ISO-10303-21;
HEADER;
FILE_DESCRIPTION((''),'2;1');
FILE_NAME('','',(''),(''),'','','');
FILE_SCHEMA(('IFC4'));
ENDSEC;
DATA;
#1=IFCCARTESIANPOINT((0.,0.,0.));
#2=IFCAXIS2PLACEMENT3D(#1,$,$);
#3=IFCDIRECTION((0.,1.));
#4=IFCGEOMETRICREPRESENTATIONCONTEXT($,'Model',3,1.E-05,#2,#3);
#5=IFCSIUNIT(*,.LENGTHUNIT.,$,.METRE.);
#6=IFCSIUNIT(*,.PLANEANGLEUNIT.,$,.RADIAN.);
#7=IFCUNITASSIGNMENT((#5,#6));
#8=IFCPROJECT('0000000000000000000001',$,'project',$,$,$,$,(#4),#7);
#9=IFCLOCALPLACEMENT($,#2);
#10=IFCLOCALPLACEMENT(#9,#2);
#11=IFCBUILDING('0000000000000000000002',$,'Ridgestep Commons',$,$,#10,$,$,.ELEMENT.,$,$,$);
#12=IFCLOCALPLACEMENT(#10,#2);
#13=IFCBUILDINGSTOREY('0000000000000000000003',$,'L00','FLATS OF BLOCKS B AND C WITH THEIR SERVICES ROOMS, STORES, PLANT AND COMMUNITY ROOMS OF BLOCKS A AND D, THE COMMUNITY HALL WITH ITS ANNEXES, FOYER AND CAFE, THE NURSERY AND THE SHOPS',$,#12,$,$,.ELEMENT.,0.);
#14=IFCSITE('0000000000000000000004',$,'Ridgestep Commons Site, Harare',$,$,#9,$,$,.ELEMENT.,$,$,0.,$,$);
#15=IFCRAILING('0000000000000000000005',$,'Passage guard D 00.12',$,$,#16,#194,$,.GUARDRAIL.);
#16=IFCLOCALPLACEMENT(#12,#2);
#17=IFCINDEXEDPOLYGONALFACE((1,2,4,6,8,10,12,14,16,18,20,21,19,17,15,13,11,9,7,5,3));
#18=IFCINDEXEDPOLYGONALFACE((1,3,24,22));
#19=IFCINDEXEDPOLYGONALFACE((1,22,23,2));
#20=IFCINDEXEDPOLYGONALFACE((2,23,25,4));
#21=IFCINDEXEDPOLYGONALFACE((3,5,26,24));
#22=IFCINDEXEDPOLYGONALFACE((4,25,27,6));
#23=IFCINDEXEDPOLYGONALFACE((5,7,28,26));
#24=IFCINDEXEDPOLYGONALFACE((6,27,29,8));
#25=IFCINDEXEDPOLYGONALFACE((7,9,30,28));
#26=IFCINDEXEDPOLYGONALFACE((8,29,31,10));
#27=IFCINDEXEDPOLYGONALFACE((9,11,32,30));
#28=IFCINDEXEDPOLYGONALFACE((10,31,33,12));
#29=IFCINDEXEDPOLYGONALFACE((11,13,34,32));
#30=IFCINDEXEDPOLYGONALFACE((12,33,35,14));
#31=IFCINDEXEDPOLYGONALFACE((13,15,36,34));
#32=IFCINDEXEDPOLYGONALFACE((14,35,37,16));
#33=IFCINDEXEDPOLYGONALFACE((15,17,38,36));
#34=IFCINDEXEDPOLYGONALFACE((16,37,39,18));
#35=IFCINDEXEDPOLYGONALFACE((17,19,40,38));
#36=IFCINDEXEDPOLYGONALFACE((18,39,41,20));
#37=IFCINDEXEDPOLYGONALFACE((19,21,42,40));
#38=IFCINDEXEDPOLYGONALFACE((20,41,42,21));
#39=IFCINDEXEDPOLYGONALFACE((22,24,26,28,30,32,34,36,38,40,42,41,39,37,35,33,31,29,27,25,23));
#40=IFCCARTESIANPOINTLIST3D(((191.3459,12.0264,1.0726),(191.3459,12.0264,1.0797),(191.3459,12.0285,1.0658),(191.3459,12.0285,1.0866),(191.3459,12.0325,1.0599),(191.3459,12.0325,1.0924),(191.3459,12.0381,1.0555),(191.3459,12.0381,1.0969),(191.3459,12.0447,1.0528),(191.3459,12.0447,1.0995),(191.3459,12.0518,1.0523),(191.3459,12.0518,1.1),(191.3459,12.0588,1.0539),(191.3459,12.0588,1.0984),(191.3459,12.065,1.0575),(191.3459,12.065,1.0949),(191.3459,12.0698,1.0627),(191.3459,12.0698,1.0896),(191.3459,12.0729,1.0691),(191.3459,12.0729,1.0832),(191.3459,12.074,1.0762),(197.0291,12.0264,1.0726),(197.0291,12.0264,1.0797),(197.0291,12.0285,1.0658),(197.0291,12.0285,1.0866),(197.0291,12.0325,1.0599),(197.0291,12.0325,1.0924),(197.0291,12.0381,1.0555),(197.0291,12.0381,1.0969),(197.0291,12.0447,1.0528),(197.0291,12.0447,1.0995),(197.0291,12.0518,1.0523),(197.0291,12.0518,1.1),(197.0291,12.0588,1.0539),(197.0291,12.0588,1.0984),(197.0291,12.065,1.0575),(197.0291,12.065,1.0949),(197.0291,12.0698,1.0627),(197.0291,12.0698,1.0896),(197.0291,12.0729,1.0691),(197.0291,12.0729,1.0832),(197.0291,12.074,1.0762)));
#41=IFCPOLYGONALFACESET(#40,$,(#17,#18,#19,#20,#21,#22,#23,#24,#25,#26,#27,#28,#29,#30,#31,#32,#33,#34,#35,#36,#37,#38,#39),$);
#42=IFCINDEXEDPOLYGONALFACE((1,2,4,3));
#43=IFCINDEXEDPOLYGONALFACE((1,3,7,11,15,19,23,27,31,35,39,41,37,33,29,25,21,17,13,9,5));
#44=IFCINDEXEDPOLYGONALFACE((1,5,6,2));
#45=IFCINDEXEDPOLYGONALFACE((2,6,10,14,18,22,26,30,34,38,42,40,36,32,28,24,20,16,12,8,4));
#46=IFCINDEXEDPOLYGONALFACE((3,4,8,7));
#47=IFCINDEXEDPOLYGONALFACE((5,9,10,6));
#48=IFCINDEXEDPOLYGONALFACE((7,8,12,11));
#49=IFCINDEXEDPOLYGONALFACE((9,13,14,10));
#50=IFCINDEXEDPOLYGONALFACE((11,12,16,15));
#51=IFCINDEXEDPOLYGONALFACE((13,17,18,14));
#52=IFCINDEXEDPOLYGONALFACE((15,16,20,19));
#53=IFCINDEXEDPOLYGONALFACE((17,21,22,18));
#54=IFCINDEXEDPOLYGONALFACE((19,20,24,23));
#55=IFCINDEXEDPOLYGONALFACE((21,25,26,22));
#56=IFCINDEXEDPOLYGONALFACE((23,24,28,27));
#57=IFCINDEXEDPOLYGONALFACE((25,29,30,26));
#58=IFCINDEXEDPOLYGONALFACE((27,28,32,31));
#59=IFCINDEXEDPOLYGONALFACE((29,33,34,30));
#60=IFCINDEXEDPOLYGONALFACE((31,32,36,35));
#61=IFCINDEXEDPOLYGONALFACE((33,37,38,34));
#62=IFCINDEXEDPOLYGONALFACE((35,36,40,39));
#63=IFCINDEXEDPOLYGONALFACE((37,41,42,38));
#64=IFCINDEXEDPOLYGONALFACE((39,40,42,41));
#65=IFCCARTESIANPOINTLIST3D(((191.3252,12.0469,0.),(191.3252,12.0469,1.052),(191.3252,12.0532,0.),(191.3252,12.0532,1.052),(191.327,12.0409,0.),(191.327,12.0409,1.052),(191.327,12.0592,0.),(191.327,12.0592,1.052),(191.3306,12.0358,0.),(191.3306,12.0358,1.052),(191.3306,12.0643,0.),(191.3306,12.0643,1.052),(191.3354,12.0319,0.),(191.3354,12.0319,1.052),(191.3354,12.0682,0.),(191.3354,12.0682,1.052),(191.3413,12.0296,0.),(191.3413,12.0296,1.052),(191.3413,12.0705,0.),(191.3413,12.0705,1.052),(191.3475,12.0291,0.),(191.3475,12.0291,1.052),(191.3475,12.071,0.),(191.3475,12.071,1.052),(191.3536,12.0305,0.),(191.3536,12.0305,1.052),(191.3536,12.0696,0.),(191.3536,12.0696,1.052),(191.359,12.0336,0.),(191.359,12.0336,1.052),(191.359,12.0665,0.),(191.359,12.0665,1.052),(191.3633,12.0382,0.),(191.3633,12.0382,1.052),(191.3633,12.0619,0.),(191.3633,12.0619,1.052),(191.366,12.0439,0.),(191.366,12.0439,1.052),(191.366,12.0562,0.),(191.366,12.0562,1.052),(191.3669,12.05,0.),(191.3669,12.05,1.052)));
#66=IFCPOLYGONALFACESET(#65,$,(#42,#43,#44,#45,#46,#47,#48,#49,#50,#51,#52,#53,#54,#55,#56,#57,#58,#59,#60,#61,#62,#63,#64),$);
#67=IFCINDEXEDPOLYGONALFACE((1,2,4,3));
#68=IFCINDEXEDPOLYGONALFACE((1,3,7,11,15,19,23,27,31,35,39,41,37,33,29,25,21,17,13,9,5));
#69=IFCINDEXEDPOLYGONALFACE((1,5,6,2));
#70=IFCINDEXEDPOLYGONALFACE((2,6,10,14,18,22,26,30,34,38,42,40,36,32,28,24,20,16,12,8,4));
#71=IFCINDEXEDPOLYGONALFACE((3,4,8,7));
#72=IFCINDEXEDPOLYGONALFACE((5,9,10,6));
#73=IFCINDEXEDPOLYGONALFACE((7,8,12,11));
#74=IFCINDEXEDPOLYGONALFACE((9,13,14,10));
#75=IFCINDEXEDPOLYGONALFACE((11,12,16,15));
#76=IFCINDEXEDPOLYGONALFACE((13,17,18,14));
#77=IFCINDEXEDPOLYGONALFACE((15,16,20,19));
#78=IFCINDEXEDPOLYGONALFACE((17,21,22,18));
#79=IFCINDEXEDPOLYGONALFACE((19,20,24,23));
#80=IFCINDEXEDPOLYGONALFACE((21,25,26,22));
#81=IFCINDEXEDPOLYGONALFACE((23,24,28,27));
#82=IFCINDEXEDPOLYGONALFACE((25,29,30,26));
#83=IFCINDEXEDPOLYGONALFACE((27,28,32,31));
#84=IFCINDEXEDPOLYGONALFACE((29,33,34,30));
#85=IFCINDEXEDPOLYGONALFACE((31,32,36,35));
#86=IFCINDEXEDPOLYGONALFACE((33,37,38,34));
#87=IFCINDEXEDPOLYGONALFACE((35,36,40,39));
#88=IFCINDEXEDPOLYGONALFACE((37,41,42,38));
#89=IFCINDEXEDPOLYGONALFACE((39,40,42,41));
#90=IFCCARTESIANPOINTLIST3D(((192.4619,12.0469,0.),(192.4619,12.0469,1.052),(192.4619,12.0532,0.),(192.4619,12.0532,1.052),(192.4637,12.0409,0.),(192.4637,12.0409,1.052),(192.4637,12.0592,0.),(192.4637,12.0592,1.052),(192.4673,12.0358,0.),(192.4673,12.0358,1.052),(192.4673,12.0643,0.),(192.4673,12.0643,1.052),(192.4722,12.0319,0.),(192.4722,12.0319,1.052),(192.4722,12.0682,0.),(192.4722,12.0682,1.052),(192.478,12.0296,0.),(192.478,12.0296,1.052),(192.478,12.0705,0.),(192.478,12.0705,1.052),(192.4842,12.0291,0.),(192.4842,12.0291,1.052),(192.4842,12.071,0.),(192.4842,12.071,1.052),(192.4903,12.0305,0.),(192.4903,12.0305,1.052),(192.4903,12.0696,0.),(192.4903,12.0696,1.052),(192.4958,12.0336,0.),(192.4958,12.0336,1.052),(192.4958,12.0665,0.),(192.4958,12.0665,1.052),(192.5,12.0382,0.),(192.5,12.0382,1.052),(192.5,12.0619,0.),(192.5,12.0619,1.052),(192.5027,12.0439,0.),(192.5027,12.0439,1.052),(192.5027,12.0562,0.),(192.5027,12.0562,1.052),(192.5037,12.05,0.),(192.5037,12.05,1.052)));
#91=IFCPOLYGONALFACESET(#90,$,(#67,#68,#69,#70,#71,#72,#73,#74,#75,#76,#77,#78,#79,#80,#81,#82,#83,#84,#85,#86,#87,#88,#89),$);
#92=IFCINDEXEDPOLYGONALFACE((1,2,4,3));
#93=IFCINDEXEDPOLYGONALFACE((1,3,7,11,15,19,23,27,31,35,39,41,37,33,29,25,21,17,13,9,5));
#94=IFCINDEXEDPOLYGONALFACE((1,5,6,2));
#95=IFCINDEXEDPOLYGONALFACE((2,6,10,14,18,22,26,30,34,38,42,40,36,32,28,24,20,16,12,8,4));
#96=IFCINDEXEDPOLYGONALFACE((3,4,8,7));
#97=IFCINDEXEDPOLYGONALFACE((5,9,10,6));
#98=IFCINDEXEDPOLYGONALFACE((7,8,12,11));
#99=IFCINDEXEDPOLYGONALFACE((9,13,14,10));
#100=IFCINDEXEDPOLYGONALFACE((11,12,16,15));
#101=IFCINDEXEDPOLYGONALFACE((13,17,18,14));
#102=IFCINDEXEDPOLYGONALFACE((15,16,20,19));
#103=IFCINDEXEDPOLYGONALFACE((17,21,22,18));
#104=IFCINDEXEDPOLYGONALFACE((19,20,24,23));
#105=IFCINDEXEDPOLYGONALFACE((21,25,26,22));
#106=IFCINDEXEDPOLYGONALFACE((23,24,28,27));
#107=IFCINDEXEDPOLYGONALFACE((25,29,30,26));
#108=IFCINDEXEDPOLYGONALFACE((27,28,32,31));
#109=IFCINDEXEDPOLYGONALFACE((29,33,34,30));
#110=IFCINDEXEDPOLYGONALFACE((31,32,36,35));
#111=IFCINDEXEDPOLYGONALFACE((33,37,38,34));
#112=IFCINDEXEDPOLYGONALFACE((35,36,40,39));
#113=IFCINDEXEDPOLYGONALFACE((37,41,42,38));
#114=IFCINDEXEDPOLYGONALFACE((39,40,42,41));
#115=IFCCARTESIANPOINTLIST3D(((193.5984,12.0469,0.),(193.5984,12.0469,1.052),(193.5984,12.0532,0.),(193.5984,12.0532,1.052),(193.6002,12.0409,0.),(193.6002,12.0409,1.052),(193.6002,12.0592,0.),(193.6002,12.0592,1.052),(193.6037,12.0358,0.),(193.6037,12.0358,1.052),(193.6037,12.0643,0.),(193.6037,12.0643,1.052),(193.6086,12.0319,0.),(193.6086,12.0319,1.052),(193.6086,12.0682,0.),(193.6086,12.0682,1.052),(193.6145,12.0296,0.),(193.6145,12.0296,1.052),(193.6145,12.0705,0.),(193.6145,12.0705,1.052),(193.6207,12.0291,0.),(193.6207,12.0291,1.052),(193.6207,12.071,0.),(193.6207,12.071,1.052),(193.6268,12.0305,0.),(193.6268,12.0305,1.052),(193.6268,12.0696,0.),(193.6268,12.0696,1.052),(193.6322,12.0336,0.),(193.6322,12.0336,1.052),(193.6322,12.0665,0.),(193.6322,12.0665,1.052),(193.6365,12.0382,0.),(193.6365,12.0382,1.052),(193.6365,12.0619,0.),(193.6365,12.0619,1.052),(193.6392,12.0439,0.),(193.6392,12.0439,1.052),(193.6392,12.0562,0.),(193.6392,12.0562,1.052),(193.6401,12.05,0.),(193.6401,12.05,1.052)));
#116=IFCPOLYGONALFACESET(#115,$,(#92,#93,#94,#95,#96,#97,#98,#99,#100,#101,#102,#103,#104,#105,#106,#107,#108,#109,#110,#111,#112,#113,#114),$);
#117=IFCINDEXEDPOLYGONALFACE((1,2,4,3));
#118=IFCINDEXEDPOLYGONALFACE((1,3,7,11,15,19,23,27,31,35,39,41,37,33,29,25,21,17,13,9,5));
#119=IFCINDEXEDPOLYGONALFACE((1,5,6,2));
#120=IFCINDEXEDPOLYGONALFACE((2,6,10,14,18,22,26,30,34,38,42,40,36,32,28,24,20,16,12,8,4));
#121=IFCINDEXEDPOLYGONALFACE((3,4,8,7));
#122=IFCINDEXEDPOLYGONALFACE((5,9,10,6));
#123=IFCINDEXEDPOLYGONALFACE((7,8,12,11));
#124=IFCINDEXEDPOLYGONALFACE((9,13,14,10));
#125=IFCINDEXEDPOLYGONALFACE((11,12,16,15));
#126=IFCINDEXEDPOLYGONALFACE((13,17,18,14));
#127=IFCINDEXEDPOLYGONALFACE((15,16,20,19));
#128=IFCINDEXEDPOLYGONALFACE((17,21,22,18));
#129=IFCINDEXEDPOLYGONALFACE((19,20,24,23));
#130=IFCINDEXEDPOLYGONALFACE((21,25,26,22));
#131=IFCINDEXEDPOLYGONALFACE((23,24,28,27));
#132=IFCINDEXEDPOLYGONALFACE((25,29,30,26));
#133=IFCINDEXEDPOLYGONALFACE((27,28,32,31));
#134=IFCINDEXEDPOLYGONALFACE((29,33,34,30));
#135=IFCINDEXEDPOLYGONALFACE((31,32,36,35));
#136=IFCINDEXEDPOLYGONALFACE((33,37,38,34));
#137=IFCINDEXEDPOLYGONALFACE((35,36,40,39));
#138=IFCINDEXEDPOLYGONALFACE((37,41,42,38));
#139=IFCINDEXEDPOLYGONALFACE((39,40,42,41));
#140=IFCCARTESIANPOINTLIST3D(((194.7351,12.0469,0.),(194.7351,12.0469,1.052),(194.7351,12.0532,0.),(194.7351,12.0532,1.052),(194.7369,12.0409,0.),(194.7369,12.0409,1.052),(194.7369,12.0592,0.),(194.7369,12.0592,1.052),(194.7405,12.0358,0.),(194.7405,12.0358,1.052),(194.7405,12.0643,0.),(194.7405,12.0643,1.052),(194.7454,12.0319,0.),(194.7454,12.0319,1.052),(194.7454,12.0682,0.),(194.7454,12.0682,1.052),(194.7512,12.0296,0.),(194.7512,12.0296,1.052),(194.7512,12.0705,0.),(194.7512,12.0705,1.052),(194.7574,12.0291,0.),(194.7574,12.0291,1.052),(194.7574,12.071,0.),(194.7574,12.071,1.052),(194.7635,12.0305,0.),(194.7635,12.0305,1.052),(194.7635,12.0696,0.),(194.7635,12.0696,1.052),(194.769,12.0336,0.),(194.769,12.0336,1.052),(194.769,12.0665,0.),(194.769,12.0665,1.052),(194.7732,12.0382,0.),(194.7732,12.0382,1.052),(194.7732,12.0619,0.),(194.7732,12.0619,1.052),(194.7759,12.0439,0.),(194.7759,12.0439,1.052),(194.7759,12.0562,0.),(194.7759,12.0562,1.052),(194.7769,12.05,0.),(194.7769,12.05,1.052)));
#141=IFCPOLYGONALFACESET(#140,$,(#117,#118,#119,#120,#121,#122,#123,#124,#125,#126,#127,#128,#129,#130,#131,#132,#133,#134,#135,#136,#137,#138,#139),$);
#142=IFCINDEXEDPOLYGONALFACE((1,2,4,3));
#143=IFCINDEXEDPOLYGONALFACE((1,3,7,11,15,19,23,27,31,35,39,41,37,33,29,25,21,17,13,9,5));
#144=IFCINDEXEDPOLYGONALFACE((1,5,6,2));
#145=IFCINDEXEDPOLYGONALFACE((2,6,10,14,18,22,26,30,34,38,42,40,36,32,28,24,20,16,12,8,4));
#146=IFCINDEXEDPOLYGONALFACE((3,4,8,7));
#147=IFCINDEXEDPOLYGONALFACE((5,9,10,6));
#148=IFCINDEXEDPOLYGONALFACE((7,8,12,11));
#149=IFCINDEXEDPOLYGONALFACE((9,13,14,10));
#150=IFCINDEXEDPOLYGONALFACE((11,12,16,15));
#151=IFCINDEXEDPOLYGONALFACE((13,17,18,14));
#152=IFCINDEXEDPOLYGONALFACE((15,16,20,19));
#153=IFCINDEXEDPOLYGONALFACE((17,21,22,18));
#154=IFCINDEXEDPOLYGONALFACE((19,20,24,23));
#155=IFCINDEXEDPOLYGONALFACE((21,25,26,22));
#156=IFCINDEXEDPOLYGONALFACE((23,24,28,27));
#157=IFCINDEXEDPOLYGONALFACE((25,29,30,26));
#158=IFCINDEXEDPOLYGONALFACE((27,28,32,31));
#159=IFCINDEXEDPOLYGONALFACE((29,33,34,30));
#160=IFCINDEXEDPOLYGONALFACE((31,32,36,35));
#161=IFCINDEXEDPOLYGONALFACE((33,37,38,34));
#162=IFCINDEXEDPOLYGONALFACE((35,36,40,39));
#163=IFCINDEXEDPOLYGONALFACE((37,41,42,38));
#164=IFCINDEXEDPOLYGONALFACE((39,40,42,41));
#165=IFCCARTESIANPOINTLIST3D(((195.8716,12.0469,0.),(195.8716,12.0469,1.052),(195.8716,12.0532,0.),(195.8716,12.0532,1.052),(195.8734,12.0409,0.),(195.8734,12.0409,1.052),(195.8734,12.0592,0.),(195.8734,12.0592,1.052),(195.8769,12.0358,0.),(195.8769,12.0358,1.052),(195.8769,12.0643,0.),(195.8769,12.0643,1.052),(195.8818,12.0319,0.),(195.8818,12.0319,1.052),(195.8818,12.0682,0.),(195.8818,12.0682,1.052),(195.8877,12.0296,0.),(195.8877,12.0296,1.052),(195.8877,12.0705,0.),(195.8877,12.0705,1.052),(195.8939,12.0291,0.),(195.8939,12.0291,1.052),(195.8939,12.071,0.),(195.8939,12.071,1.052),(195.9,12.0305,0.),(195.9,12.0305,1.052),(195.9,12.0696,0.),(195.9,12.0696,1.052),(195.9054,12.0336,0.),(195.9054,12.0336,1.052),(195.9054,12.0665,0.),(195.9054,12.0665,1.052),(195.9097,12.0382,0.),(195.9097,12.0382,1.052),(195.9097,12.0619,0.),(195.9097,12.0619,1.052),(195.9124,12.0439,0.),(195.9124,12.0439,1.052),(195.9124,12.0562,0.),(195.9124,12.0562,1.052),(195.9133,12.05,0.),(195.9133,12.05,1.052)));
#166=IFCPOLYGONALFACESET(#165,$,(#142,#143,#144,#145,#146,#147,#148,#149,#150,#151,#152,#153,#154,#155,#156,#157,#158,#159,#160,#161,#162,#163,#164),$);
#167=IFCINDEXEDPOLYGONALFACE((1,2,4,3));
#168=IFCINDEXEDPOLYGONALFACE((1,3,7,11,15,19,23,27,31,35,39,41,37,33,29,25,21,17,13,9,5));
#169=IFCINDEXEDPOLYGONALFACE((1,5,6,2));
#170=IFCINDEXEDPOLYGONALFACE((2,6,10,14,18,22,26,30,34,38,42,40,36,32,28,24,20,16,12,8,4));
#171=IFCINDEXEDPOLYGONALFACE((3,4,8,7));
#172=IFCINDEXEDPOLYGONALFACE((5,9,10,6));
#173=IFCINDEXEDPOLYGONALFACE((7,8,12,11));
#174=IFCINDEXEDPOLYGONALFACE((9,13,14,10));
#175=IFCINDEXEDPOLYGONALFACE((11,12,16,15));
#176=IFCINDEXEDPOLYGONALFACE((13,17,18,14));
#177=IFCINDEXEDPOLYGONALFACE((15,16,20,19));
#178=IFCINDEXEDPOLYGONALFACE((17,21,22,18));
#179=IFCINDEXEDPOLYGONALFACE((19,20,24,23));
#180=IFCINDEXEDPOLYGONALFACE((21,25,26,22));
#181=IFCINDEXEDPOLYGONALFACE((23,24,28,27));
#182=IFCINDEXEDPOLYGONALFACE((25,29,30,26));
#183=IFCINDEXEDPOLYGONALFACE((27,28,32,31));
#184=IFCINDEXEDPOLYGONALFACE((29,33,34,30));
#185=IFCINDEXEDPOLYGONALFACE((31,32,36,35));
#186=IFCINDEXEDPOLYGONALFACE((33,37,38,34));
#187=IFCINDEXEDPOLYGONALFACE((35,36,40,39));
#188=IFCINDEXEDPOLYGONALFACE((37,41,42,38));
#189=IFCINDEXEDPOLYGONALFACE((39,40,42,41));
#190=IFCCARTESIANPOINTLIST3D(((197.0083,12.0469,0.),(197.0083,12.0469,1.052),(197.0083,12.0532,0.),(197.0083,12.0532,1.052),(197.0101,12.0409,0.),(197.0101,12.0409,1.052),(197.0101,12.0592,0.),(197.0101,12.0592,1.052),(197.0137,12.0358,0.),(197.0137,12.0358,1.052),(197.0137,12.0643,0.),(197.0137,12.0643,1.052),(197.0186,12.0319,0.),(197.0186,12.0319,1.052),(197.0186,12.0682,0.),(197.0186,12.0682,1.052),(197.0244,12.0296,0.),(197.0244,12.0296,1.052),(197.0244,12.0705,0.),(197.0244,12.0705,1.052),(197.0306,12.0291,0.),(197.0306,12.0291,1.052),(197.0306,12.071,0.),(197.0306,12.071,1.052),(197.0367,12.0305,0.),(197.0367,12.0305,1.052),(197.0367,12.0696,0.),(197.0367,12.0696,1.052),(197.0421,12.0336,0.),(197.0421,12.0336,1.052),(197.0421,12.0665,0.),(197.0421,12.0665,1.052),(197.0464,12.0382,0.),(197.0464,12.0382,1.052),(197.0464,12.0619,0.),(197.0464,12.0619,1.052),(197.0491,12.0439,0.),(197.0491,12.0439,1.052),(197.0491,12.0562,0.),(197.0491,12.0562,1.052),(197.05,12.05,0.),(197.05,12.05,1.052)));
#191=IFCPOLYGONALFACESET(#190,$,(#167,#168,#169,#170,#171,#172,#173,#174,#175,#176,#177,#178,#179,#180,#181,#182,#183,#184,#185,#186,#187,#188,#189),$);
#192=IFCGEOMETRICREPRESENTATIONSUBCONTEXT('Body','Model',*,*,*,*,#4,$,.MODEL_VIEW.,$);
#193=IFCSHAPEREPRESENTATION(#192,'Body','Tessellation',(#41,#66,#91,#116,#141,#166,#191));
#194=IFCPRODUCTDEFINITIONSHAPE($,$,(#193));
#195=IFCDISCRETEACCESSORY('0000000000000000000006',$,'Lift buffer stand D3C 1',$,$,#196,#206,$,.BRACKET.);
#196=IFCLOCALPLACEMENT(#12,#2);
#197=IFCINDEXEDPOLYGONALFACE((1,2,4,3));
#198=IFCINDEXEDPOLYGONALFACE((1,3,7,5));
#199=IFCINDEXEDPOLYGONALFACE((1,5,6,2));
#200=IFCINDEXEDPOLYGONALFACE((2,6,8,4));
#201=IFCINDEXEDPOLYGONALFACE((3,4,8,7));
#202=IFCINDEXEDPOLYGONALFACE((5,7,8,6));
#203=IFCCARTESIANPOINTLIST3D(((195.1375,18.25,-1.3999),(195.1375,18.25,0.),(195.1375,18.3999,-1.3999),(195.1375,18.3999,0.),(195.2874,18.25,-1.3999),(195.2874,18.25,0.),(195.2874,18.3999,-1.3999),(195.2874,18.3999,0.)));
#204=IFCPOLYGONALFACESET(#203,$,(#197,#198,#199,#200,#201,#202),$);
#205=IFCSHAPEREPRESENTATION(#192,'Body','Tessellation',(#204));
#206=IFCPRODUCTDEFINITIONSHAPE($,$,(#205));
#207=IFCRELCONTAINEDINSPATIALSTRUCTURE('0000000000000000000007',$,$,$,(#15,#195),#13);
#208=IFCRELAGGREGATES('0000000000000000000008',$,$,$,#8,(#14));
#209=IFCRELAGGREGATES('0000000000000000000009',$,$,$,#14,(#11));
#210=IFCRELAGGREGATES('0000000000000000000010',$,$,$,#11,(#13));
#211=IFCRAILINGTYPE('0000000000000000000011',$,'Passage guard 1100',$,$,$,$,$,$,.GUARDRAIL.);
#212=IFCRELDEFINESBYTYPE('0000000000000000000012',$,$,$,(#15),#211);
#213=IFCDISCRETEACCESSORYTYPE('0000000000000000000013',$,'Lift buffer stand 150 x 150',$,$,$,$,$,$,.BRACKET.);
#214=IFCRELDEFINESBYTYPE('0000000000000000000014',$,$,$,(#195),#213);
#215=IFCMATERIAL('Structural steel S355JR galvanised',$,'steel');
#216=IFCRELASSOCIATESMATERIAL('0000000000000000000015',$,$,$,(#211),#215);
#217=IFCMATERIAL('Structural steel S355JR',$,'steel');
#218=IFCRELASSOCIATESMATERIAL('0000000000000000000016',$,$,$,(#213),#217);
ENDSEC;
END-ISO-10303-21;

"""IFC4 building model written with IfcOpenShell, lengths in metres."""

from ifc_helpers import new_model, si_unit, direction, frame, origin, origin_2d, place, context, subcontext, project, spatial, rectangle, circle, extrude, material, type_object, element, save


model = new_model("IFC4")

# Units and contexts
model_context = context("Model", 3, precision=1e-05, world=origin(), true_north=direction((0.0, 1.0)))
body_context = subcontext(model_context, "Body", "Model", "MODEL_VIEW")
ifc_project = project(units=[si_unit("LENGTHUNIT", "METRE"), si_unit("PLANEANGLEUNIT", "RADIAN")], contexts=[model_context])

# Site, building, storey
site_placement = place(None, origin())
site = spatial("IfcSite", under=ifc_project, at=site_placement, Name="Ridgestep Commons Site, Harare", CompositionType="ELEMENT", RefElevation=0.0)
building_placement = place(site_placement, origin())
building = spatial("IfcBuilding", under=site, at=building_placement, Name="Ridgestep Commons", CompositionType="ELEMENT")
storey_placement = place(building_placement, origin())
storey = spatial("IfcBuildingStorey", under=building, at=storey_placement, Name="L00", Description="FLATS OF BLOCKS B AND C WITH THEIR SERVICES ROOMS, STORES, PLANT AND COMMUNITY ROOMS OF BLOCKS A AND D, THE COMMUNITY HALL WITH ITS ANNEXES, FOYER AND CAFE, THE NURSERY AND THE SHOPS", CompositionType="ELEMENT", Elevation=0.0)

# Railing
ifc_material_1 = material(Name="Structural steel S355JR galvanised", Category="steel")
railing_type = type_object("IfcRailingType", Name="Passage guard 1100", PredefinedType="GUARDRAIL", material=ifc_material_1)
railing_1_placement = place(storey_placement, frame((191.3459, 12.05, 0.0)))
element("IfcRailing", 1, at=railing_1_placement, inside=storey, type_object=railing_type, Name="Passage guard D 00.12", PredefinedType="GUARDRAIL", context=body_context, shape_type="SweptSolid", body=[
    extrude(circle(Radius=0.0239, at=origin_2d()), frame((0.0, 0.0, 1.0762), z_axis=(1.0, 0.0, 0.0), x_axis=(0.0, 1.0, 0.0)), (0.0, 0.0, 1.0), 5.6831),
    extrude(circle(Radius=0.021, at=origin_2d()), origin(), (0.0, 0.0, 1.0), 1.052),
    extrude(circle(Radius=0.021, at=origin_2d()), frame((1.1367, 0.0, 0.0)), (0.0, 0.0, 1.0), 1.052),
    extrude(circle(Radius=0.021, at=origin_2d()), frame((2.2732, 0.0, 0.0)), (0.0, 0.0, 1.0), 1.052),
    extrude(circle(Radius=0.021, at=origin_2d()), frame((3.4099, 0.0, 0.0)), (0.0, 0.0, 1.0), 1.052),
    extrude(circle(Radius=0.021, at=origin_2d()), frame((4.5464, 0.0, 0.0)), (0.0, 0.0, 1.0), 1.052),
    extrude(circle(Radius=0.021, at=origin_2d()), frame((5.6831, 0.0, 0.0)), (0.0, 0.0, 1.0), 1.052),
])

# Discrete accessory
ifc_material_2 = material(Name="Structural steel S355JR", Category="steel")
discrete_accessory_type = type_object("IfcDiscreteAccessoryType", Name="Lift buffer stand 150 x 150", PredefinedType="BRACKET", material=ifc_material_2)
discrete_accessory_placement = place(storey_placement, frame((195.2124, 18.325, -1.3999), z_axis=(0.0, 0.0, 1.0), x_axis=(1.0, 0.0, 0.0)))
element("IfcDiscreteAccessory", 2, at=discrete_accessory_placement, inside=storey, type_object=discrete_accessory_type, Name="Lift buffer stand D3C 1", PredefinedType="BRACKET", context=body_context, shape_type="SweptSolid", body=[
    extrude(rectangle(XDim=0.1499, YDim=0.1499, at=origin_2d()), origin(), (0.0, 0.0, 1.0), 1.3999),
])

save(model, "model.ifc")
